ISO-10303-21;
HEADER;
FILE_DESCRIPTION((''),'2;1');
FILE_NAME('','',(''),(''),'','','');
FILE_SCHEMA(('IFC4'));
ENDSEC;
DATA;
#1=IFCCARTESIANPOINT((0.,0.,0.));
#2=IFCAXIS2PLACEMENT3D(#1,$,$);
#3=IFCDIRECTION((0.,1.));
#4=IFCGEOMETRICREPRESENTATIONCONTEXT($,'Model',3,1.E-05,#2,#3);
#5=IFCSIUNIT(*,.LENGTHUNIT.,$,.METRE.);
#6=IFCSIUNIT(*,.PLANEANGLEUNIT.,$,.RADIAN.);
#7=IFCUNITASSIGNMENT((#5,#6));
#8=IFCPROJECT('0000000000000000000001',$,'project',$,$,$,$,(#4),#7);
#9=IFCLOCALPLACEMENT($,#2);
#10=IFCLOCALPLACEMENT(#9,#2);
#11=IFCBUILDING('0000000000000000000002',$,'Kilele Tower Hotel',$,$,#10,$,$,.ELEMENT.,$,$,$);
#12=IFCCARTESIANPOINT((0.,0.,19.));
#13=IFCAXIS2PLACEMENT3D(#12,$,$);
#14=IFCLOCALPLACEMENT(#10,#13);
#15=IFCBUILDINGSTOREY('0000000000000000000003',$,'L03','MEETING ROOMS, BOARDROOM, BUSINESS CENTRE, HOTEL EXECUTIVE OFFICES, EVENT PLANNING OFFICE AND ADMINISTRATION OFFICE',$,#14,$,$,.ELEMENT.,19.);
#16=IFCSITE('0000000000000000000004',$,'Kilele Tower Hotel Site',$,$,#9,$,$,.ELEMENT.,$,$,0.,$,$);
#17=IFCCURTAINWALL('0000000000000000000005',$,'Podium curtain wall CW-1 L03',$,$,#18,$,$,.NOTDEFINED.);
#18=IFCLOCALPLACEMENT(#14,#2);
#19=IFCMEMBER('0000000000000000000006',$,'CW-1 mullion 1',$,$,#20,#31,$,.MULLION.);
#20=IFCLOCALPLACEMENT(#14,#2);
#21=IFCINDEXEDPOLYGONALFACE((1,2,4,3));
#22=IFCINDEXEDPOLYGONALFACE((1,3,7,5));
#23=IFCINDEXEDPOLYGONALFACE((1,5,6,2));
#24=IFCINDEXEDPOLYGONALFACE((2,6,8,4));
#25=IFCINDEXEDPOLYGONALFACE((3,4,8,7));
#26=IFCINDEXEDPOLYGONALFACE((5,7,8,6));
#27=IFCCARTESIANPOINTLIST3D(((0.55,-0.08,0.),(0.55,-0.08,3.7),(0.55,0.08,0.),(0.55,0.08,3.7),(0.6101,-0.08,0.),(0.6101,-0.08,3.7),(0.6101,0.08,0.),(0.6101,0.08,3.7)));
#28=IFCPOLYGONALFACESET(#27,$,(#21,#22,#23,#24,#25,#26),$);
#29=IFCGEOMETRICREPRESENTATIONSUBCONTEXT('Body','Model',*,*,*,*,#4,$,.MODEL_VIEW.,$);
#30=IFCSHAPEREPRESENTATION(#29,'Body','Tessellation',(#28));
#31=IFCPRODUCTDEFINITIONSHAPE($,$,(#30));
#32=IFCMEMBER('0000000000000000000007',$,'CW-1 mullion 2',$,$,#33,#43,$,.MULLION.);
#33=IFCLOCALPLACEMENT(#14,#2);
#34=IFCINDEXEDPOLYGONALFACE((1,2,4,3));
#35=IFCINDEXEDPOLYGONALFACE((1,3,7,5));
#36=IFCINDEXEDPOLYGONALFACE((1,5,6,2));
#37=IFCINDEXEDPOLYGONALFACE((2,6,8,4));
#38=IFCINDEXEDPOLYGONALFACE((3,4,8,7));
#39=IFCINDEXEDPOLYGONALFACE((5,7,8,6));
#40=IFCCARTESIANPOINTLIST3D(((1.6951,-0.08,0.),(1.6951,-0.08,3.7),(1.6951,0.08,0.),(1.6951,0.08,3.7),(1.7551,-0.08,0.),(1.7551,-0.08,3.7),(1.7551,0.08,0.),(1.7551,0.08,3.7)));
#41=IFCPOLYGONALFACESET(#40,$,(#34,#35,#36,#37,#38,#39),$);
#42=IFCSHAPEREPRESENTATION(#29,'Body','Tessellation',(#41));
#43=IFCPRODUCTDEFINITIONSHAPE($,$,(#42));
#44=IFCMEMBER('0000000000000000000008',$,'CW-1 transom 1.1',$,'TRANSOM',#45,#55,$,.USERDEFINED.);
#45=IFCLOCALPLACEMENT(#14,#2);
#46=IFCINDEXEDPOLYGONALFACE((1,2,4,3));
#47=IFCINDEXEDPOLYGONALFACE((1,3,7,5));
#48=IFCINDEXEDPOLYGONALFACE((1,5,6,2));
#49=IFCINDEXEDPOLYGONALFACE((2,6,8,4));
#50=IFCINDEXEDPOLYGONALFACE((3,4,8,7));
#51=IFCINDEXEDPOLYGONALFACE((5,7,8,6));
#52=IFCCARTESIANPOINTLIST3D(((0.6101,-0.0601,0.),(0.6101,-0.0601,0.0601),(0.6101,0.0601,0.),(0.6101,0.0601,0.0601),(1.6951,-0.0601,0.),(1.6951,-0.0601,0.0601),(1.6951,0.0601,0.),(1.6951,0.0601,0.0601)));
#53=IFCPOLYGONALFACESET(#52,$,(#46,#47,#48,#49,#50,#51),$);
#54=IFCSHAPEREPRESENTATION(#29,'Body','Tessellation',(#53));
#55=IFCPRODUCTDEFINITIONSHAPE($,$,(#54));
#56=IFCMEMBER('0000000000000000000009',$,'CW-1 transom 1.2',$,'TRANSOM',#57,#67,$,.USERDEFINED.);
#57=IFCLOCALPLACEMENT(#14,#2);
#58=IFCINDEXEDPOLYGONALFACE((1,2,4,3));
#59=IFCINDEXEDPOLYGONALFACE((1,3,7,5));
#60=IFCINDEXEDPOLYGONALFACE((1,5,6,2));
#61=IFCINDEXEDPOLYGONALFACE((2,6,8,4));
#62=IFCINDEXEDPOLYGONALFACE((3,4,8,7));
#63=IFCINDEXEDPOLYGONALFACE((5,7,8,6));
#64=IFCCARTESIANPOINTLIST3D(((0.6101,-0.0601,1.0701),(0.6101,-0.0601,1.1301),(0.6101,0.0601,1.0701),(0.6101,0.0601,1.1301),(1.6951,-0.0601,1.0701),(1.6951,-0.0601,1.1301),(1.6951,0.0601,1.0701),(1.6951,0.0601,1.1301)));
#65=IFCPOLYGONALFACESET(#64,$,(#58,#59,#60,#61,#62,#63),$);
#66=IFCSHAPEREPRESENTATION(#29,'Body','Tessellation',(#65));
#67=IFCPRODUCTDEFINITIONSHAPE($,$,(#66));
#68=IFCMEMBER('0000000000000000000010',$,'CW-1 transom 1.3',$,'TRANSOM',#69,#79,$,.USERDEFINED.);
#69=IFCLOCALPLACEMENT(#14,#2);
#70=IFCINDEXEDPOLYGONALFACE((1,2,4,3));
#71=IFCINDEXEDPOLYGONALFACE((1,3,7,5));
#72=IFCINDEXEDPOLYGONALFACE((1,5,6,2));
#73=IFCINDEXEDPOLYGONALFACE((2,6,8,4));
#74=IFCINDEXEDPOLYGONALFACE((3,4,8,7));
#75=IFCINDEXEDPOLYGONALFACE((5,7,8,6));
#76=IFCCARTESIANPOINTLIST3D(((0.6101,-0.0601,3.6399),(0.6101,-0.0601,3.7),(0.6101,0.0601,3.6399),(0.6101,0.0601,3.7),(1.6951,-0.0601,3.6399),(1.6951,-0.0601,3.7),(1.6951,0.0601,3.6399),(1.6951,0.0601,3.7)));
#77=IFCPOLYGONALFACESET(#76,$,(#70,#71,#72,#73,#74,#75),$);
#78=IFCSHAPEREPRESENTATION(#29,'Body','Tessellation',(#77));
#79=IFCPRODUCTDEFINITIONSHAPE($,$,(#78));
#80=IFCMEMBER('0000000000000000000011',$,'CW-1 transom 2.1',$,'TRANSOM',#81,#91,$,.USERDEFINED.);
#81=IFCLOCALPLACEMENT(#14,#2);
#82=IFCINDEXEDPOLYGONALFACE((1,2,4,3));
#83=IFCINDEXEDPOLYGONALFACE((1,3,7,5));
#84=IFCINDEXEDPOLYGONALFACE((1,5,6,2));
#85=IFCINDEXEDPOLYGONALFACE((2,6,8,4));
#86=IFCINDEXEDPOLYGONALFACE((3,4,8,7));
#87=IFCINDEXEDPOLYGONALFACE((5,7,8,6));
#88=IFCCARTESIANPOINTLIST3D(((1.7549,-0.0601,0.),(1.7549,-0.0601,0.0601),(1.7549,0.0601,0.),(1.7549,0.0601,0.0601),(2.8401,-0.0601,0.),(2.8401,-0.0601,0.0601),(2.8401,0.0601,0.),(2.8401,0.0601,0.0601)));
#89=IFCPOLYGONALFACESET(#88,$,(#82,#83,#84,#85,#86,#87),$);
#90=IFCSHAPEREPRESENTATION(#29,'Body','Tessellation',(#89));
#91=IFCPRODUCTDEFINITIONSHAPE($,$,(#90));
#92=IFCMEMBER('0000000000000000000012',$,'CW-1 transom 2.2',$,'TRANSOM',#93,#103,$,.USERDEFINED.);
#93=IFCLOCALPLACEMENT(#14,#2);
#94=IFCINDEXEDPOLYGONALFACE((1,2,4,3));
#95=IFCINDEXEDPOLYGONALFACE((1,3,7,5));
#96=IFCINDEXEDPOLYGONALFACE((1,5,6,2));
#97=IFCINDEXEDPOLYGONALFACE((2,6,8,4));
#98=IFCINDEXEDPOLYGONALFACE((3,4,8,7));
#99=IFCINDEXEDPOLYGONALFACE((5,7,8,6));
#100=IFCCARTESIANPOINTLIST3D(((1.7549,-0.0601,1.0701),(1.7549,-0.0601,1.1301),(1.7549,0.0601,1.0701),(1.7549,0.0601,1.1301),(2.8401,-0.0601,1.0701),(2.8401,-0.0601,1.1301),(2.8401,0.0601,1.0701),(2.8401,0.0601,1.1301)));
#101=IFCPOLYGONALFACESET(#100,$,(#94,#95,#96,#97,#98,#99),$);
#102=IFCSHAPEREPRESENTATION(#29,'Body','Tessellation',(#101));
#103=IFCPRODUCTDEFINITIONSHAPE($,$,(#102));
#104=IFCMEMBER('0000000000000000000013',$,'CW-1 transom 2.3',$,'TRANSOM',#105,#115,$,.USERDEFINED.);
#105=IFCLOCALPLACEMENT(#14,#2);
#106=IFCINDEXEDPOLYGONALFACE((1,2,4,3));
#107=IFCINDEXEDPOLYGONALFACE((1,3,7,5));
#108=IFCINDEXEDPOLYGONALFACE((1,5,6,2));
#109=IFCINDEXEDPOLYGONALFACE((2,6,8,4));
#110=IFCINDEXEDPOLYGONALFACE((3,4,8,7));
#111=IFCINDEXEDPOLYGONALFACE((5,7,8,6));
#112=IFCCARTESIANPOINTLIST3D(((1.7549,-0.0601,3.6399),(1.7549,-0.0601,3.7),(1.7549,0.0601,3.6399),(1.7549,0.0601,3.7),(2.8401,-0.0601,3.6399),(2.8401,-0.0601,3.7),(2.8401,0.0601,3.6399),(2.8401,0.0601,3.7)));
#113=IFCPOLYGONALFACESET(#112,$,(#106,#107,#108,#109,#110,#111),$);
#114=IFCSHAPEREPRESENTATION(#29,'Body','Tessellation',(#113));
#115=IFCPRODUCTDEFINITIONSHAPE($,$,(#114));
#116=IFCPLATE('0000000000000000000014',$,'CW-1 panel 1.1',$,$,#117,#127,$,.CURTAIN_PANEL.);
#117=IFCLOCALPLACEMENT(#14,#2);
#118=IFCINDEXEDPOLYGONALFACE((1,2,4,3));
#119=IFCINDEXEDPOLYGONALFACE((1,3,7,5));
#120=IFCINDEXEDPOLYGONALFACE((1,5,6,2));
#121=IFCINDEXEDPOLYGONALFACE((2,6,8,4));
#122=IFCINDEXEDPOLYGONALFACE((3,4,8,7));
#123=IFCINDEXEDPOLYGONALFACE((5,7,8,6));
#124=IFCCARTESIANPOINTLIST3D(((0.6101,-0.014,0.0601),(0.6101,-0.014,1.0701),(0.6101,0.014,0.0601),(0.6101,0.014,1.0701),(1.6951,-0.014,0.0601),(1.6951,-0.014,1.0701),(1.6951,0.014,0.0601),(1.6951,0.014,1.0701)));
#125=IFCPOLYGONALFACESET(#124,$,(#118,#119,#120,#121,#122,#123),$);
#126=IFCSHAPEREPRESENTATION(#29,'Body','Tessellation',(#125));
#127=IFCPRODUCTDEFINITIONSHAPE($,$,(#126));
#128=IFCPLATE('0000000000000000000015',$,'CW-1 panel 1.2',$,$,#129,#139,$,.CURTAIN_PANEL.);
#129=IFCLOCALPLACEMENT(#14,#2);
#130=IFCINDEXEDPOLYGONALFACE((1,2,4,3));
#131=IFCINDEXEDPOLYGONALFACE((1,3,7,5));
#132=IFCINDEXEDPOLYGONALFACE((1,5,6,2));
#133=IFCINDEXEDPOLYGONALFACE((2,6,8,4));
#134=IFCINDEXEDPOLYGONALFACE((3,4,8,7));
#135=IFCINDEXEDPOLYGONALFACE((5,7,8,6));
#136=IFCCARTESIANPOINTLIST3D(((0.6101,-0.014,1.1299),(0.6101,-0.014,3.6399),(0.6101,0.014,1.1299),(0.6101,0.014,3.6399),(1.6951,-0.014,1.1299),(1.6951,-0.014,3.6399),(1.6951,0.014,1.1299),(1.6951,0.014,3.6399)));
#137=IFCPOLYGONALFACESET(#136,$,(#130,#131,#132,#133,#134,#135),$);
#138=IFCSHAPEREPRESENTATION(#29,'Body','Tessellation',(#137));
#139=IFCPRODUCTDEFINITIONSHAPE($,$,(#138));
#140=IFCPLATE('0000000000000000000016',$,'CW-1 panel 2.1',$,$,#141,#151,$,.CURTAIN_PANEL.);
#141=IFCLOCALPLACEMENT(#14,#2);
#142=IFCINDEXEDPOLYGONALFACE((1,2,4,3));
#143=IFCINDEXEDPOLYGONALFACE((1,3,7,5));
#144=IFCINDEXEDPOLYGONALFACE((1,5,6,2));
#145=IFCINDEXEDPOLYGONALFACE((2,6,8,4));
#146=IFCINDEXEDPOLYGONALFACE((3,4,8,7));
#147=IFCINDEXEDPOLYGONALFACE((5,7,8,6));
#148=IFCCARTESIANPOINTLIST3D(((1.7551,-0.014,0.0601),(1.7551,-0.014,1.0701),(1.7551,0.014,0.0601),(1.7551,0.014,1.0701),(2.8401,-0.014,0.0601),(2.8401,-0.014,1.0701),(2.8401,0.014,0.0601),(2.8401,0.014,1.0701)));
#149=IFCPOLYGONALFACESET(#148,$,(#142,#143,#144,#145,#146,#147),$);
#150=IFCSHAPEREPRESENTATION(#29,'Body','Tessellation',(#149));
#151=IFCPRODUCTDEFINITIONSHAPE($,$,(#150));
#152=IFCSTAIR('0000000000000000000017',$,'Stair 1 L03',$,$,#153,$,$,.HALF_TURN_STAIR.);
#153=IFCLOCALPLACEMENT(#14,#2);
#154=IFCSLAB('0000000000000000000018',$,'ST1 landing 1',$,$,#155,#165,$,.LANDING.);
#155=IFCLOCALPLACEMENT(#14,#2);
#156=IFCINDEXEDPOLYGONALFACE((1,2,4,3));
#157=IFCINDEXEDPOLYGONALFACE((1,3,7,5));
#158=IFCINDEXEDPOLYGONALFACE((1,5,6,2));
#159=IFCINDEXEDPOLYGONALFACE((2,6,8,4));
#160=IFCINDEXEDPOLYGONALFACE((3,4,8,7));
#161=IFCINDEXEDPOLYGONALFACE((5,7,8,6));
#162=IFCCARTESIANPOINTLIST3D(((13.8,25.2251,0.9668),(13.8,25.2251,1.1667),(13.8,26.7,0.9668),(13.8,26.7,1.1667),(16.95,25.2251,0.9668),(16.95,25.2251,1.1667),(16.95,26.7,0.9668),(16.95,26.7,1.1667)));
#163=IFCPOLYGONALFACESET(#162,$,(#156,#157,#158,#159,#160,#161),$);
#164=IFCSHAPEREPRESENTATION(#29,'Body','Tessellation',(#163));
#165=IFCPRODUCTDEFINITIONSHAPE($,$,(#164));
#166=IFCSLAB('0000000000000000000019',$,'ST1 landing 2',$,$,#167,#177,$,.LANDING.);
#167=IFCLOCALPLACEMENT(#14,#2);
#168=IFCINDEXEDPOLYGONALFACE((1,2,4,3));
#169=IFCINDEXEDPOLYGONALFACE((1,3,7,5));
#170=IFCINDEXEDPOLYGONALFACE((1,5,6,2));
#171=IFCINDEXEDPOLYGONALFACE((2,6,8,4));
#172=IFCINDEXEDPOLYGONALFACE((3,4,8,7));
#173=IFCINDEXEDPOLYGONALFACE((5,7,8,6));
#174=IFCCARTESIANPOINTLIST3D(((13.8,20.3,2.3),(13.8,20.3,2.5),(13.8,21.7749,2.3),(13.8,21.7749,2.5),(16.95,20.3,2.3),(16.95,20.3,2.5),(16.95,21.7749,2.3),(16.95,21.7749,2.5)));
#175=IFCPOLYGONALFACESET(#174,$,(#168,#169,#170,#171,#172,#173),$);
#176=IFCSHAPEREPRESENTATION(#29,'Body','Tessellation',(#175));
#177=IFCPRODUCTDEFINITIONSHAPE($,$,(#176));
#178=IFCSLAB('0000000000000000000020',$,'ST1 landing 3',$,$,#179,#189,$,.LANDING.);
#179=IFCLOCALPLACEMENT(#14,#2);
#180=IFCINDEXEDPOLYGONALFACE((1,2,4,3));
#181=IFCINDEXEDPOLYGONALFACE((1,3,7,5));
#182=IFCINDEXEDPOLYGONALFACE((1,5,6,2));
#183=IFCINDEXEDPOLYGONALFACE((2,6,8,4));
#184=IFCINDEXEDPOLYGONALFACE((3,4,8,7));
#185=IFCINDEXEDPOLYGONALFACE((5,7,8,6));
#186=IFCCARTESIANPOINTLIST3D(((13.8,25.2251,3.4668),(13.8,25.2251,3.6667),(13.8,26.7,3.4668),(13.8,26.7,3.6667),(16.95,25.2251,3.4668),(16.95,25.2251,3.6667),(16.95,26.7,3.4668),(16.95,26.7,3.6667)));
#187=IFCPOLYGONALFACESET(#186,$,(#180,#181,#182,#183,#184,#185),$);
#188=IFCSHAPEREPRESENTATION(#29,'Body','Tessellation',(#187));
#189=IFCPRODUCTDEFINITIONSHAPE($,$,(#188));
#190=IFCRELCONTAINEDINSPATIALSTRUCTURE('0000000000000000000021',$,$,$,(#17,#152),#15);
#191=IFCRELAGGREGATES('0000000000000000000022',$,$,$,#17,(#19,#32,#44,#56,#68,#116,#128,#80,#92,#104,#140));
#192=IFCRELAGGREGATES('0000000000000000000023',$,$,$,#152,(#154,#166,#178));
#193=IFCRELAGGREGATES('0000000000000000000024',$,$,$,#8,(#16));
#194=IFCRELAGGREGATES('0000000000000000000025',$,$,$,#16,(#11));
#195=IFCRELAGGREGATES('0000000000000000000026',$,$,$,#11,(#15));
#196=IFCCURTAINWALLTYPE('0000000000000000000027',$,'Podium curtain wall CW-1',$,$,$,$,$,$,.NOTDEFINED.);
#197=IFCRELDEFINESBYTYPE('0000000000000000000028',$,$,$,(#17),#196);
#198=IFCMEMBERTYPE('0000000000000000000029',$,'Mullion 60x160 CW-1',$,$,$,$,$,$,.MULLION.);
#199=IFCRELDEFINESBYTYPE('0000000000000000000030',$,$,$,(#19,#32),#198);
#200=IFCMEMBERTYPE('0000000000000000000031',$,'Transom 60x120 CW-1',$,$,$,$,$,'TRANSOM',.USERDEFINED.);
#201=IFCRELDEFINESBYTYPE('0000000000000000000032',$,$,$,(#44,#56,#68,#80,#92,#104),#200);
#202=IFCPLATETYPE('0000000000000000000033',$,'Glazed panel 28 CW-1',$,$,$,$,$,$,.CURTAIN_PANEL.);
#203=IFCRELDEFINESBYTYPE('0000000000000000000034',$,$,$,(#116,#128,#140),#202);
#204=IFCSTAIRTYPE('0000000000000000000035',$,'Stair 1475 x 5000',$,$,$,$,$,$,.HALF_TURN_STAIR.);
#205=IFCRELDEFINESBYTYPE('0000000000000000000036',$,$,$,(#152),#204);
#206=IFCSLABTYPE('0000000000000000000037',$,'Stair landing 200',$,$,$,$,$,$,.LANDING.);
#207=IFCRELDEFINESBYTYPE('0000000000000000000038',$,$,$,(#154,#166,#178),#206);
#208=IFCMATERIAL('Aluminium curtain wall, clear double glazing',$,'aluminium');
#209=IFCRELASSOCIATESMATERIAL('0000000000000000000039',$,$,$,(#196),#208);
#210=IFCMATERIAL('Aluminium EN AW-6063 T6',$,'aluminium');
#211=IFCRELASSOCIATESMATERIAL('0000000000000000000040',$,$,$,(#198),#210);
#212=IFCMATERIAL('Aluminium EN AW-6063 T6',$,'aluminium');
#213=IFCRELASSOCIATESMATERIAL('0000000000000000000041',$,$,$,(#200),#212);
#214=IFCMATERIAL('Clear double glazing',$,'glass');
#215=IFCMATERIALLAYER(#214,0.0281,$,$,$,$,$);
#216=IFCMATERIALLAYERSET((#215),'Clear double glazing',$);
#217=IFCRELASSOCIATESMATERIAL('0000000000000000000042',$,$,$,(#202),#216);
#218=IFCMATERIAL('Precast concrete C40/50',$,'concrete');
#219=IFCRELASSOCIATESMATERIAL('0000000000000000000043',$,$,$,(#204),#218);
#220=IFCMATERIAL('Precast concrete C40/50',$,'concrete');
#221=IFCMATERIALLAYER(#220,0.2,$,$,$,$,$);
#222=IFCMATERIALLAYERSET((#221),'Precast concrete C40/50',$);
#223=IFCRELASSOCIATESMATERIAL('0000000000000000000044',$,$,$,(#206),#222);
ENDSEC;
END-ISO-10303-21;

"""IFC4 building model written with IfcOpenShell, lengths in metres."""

from ifc_helpers import new_model, si_unit, direction, frame, origin, origin_2d, place, context, subcontext, project, spatial, polyline, rectangle, outline, extrude, material, layer, layer_set, material_profile, profile_set, type_object, element, aggregate, save


model = new_model("IFC4")

# Units and contexts
model_context = context("Model", 3, precision=1e-05, world=origin(), true_north=direction((0.0, 1.0)))
body_context = subcontext(model_context, "Body", "Model", "MODEL_VIEW")
ifc_project = project(units=[si_unit("LENGTHUNIT", "METRE"), si_unit("PLANEANGLEUNIT", "RADIAN")], contexts=[model_context])

# Site, building, storey
site_placement = place(None, origin())
site = spatial("IfcSite", under=ifc_project, at=site_placement, Name="Kilele Tower Hotel Site", CompositionType="ELEMENT", RefElevation=0.0)
building_placement = place(site_placement, origin())
building = spatial("IfcBuilding", under=site, at=building_placement, Name="Kilele Tower Hotel", CompositionType="ELEMENT")
storey_placement = place(building_placement, frame((0.0, 0.0, 19.0)))
storey = spatial("IfcBuildingStorey", under=building, at=storey_placement, Name="L03", Description="MEETING ROOMS, BOARDROOM, BUSINESS CENTRE, HOTEL EXECUTIVE OFFICES, EVENT PLANNING OFFICE AND ADMINISTRATION OFFICE", CompositionType="ELEMENT", Elevation=19.0)

# Curtain wall, members, plates
ifc_material_1 = material(Name="Aluminium curtain wall, clear double glazing", Category="aluminium")
curtain_wall_type = type_object("IfcCurtainWallType", Name="Podium curtain wall CW-1", PredefinedType="NOTDEFINED", material=ifc_material_1)
curtain_wall_placement = place(storey_placement, origin())
curtain_wall = element("IfcCurtainWall", 1, at=curtain_wall_placement, inside=storey, type_object=curtain_wall_type, Name="Podium curtain wall CW-1 L03", PredefinedType="NOTDEFINED")
ifc_material_2 = material(Name="Aluminium EN AW-6063 T6", Category="aluminium")
ifc_material_profile_1 = material_profile(ifc_material_2, rectangle(XDim=0.1599, YDim=0.0601, at=origin_2d()))
ifc_profile_set_1 = profile_set([ifc_material_profile_1], Name="Aluminium EN AW-6063 T6")
member_type_1 = type_object("IfcMemberType", Name="Mullion 60x160 CW-1", PredefinedType="MULLION", material=ifc_profile_set_1)
member_1_placement = place(storey_placement, frame((0.5801, 0.0, 0.0), z_axis=(0.0, 0.0, 1.0), x_axis=(0.0, 1.0, 0.0)))
member_1 = element("IfcMember", 2, at=member_1_placement, type_object=member_type_1, Name="CW-1 mullion 1", PredefinedType="MULLION", context=body_context, shape_type="SweptSolid", body=[
    extrude(rectangle(XDim=0.1599, YDim=0.0601, at=origin_2d()), origin(), (0.0, 0.0, 1.0), 3.7),
])
member_2_placement = place(storey_placement, frame((1.7251, 0.0, 0.0), z_axis=(0.0, 0.0, 1.0), x_axis=(0.0, 1.0, 0.0)))
member_2 = element("IfcMember", 3, at=member_2_placement, type_object=member_type_1, Name="CW-1 mullion 2", PredefinedType="MULLION", context=body_context, shape_type="SweptSolid", body=[
    extrude(rectangle(XDim=0.1599, YDim=0.0601, at=origin_2d()), origin(), (0.0, 0.0, 1.0), 3.7),
])
ifc_material_3 = material(Name="Aluminium EN AW-6063 T6", Category="aluminium")
ifc_material_profile_2 = material_profile(ifc_material_3, rectangle(XDim=0.1201, YDim=0.0601, at=origin_2d()))
ifc_profile_set_2 = profile_set([ifc_material_profile_2], Name="Aluminium EN AW-6063 T6")
member_type_2 = type_object("IfcMemberType", Name="Transom 60x120 CW-1", ElementType="TRANSOM", PredefinedType="USERDEFINED", material=ifc_profile_set_2)
member_3_placement = place(storey_placement, frame((0.6101, 0.0, 0.03), z_axis=(1.0, 0.0, 0.0), x_axis=(0.0, 1.0, 0.0)))
member_3 = element("IfcMember", 4, at=member_3_placement, type_object=member_type_2, Name="CW-1 transom 1.1", ObjectType="TRANSOM", PredefinedType="USERDEFINED", context=body_context, shape_type="SweptSolid", body=[
    extrude(rectangle(XDim=0.1201, YDim=0.0601, at=origin_2d()), origin(), (0.0, 0.0, 1.0), 1.085),
])
member_4_placement = place(storey_placement, frame((0.6101, 0.0, 1.1001), z_axis=(1.0, 0.0, 0.0), x_axis=(0.0, 1.0, 0.0)))
member_4 = element("IfcMember", 5, at=member_4_placement, type_object=member_type_2, Name="CW-1 transom 1.2", ObjectType="TRANSOM", PredefinedType="USERDEFINED", context=body_context, shape_type="SweptSolid", body=[
    extrude(rectangle(XDim=0.1201, YDim=0.0601, at=origin_2d()), origin(), (0.0, 0.0, 1.0), 1.085),
])
member_5_placement = place(storey_placement, frame((0.6101, 0.0, 3.6699), z_axis=(1.0, 0.0, 0.0), x_axis=(0.0, 1.0, 0.0)))
member_5 = element("IfcMember", 6, at=member_5_placement, type_object=member_type_2, Name="CW-1 transom 1.3", ObjectType="TRANSOM", PredefinedType="USERDEFINED", context=body_context, shape_type="SweptSolid", body=[
    extrude(rectangle(XDim=0.1201, YDim=0.0601, at=origin_2d()), origin(), (0.0, 0.0, 1.0), 1.085),
])
member_6_placement = place(storey_placement, frame((1.7549, 0.0, 0.03), z_axis=(1.0, 0.0, 0.0), x_axis=(0.0, 1.0, 0.0)))
member_6 = element("IfcMember", 7, at=member_6_placement, type_object=member_type_2, Name="CW-1 transom 2.1", ObjectType="TRANSOM", PredefinedType="USERDEFINED", context=body_context, shape_type="SweptSolid", body=[
    extrude(rectangle(XDim=0.1201, YDim=0.0601, at=origin_2d()), origin(), (0.0, 0.0, 1.0), 1.0852),
])
member_7_placement = place(storey_placement, frame((1.7549, 0.0, 1.1001), z_axis=(1.0, 0.0, 0.0), x_axis=(0.0, 1.0, 0.0)))
member_7 = element("IfcMember", 8, at=member_7_placement, type_object=member_type_2, Name="CW-1 transom 2.2", ObjectType="TRANSOM", PredefinedType="USERDEFINED", context=body_context, shape_type="SweptSolid", body=[
    extrude(rectangle(XDim=0.1201, YDim=0.0601, at=origin_2d()), origin(), (0.0, 0.0, 1.0), 1.0852),
])
member_8_placement = place(storey_placement, frame((1.7549, 0.0, 3.6699), z_axis=(1.0, 0.0, 0.0), x_axis=(0.0, 1.0, 0.0)))
member_8 = element("IfcMember", 9, at=member_8_placement, type_object=member_type_2, Name="CW-1 transom 2.3", ObjectType="TRANSOM", PredefinedType="USERDEFINED", context=body_context, shape_type="SweptSolid", body=[
    extrude(rectangle(XDim=0.1201, YDim=0.0601, at=origin_2d()), origin(), (0.0, 0.0, 1.0), 1.0852),
])
ifc_material_4 = material(Name="Clear double glazing", Category="glass")
ifc_layer_1 = layer(ifc_material_4, 0.0281)
ifc_layer_set_1 = layer_set([ifc_layer_1], Name="Clear double glazing")
plate_type = type_object("IfcPlateType", Name="Glazed panel 28 CW-1", PredefinedType="CURTAIN_PANEL", material=ifc_layer_set_1)
plate_1_placement = place(storey_placement, frame((1.1526, 0.0, 0.0601), z_axis=(0.0, 0.0, 1.0), x_axis=(1.0, 0.0, 0.0)))
plate_1 = element("IfcPlate", 10, at=plate_1_placement, type_object=plate_type, Name="CW-1 panel 1.1", PredefinedType="CURTAIN_PANEL", context=body_context, shape_type="SweptSolid", body=[
    extrude(rectangle(XDim=1.085, YDim=0.0281, at=origin_2d()), origin(), (0.0, 0.0, 1.0), 1.01),
])
plate_2_placement = place(storey_placement, frame((1.1526, 0.0, 1.1299), z_axis=(0.0, 0.0, 1.0), x_axis=(1.0, 0.0, 0.0)))
plate_2 = element("IfcPlate", 11, at=plate_2_placement, type_object=plate_type, Name="CW-1 panel 1.2", PredefinedType="CURTAIN_PANEL", context=body_context, shape_type="SweptSolid", body=[
    extrude(rectangle(XDim=1.085, YDim=0.0281, at=origin_2d()), origin(), (0.0, 0.0, 1.0), 2.51),
])
plate_3_placement = place(storey_placement, frame((2.2976, 0.0, 0.0601), z_axis=(0.0, 0.0, 1.0), x_axis=(1.0, 0.0, 0.0)))
plate_3 = element("IfcPlate", 12, at=plate_3_placement, type_object=plate_type, Name="CW-1 panel 2.1", PredefinedType="CURTAIN_PANEL", context=body_context, shape_type="SweptSolid", body=[
    extrude(rectangle(XDim=1.085, YDim=0.0281, at=origin_2d()), origin(), (0.0, 0.0, 1.0), 1.01),
])
aggregate(curtain_wall, [member_1, member_2, member_3, member_4, member_5, plate_1, plate_2, member_6, member_7, member_8, plate_3])

# Stair, slabs
ifc_material_5 = material(Name="Precast concrete C40/50", Category="concrete")
stair_type = type_object("IfcStairType", Name="Stair 1475 x 5000", PredefinedType="HALF_TURN_STAIR", material=ifc_material_5)
stair_1_placement = place(storey_placement, origin())
stair_1 = element("IfcStair", 13, at=stair_1_placement, inside=storey, type_object=stair_type, Name="Stair 1 L03", PredefinedType="HALF_TURN_STAIR")
ifc_material_6 = material(Name="Precast concrete C40/50", Category="concrete")
ifc_layer_2 = layer(ifc_material_6, 0.2)
ifc_layer_set_2 = layer_set([ifc_layer_2], Name="Precast concrete C40/50")
slab_type = type_object("IfcSlabType", Name="Stair landing 200", PredefinedType="LANDING", material=ifc_layer_set_2)
slab_1_placement = place(storey_placement, frame((0.0, 0.0, 0.9668)))
slab_1 = element("IfcSlab", 14, at=slab_1_placement, type_object=slab_type, Name="ST1 landing 1", PredefinedType="LANDING", context=body_context, shape_type="SweptSolid", body=[
    extrude(outline(polyline([(13.8, 25.2251), (16.95, 25.2251), (16.95, 26.7), (13.8, 26.7), (13.8, 25.2251)])), origin(), (0.0, 0.0, 1.0), 0.2),
])
slab_2_placement = place(storey_placement, frame((0.0, 0.0, 2.3)))
slab_2 = element("IfcSlab", 15, at=slab_2_placement, type_object=slab_type, Name="ST1 landing 2", PredefinedType="LANDING", context=body_context, shape_type="SweptSolid", body=[
    extrude(outline(polyline([(13.8, 20.3), (16.95, 20.3), (16.95, 21.7749), (13.8, 21.7749), (13.8, 20.3)])), origin(), (0.0, 0.0, 1.0), 0.2),
])
slab_3_placement = place(storey_placement, frame((0.0, 0.0, 3.4668)))
slab_3 = element("IfcSlab", 16, at=slab_3_placement, type_object=slab_type, Name="ST1 landing 3", PredefinedType="LANDING", context=body_context, shape_type="SweptSolid", body=[
    extrude(outline(polyline([(13.8, 25.2251), (16.95, 25.2251), (16.95, 26.7), (13.8, 26.7), (13.8, 25.2251)])), origin(), (0.0, 0.0, 1.0), 0.2),
])
aggregate(stair_1, [slab_1, slab_2, slab_3])

save(model, "model.ifc")
